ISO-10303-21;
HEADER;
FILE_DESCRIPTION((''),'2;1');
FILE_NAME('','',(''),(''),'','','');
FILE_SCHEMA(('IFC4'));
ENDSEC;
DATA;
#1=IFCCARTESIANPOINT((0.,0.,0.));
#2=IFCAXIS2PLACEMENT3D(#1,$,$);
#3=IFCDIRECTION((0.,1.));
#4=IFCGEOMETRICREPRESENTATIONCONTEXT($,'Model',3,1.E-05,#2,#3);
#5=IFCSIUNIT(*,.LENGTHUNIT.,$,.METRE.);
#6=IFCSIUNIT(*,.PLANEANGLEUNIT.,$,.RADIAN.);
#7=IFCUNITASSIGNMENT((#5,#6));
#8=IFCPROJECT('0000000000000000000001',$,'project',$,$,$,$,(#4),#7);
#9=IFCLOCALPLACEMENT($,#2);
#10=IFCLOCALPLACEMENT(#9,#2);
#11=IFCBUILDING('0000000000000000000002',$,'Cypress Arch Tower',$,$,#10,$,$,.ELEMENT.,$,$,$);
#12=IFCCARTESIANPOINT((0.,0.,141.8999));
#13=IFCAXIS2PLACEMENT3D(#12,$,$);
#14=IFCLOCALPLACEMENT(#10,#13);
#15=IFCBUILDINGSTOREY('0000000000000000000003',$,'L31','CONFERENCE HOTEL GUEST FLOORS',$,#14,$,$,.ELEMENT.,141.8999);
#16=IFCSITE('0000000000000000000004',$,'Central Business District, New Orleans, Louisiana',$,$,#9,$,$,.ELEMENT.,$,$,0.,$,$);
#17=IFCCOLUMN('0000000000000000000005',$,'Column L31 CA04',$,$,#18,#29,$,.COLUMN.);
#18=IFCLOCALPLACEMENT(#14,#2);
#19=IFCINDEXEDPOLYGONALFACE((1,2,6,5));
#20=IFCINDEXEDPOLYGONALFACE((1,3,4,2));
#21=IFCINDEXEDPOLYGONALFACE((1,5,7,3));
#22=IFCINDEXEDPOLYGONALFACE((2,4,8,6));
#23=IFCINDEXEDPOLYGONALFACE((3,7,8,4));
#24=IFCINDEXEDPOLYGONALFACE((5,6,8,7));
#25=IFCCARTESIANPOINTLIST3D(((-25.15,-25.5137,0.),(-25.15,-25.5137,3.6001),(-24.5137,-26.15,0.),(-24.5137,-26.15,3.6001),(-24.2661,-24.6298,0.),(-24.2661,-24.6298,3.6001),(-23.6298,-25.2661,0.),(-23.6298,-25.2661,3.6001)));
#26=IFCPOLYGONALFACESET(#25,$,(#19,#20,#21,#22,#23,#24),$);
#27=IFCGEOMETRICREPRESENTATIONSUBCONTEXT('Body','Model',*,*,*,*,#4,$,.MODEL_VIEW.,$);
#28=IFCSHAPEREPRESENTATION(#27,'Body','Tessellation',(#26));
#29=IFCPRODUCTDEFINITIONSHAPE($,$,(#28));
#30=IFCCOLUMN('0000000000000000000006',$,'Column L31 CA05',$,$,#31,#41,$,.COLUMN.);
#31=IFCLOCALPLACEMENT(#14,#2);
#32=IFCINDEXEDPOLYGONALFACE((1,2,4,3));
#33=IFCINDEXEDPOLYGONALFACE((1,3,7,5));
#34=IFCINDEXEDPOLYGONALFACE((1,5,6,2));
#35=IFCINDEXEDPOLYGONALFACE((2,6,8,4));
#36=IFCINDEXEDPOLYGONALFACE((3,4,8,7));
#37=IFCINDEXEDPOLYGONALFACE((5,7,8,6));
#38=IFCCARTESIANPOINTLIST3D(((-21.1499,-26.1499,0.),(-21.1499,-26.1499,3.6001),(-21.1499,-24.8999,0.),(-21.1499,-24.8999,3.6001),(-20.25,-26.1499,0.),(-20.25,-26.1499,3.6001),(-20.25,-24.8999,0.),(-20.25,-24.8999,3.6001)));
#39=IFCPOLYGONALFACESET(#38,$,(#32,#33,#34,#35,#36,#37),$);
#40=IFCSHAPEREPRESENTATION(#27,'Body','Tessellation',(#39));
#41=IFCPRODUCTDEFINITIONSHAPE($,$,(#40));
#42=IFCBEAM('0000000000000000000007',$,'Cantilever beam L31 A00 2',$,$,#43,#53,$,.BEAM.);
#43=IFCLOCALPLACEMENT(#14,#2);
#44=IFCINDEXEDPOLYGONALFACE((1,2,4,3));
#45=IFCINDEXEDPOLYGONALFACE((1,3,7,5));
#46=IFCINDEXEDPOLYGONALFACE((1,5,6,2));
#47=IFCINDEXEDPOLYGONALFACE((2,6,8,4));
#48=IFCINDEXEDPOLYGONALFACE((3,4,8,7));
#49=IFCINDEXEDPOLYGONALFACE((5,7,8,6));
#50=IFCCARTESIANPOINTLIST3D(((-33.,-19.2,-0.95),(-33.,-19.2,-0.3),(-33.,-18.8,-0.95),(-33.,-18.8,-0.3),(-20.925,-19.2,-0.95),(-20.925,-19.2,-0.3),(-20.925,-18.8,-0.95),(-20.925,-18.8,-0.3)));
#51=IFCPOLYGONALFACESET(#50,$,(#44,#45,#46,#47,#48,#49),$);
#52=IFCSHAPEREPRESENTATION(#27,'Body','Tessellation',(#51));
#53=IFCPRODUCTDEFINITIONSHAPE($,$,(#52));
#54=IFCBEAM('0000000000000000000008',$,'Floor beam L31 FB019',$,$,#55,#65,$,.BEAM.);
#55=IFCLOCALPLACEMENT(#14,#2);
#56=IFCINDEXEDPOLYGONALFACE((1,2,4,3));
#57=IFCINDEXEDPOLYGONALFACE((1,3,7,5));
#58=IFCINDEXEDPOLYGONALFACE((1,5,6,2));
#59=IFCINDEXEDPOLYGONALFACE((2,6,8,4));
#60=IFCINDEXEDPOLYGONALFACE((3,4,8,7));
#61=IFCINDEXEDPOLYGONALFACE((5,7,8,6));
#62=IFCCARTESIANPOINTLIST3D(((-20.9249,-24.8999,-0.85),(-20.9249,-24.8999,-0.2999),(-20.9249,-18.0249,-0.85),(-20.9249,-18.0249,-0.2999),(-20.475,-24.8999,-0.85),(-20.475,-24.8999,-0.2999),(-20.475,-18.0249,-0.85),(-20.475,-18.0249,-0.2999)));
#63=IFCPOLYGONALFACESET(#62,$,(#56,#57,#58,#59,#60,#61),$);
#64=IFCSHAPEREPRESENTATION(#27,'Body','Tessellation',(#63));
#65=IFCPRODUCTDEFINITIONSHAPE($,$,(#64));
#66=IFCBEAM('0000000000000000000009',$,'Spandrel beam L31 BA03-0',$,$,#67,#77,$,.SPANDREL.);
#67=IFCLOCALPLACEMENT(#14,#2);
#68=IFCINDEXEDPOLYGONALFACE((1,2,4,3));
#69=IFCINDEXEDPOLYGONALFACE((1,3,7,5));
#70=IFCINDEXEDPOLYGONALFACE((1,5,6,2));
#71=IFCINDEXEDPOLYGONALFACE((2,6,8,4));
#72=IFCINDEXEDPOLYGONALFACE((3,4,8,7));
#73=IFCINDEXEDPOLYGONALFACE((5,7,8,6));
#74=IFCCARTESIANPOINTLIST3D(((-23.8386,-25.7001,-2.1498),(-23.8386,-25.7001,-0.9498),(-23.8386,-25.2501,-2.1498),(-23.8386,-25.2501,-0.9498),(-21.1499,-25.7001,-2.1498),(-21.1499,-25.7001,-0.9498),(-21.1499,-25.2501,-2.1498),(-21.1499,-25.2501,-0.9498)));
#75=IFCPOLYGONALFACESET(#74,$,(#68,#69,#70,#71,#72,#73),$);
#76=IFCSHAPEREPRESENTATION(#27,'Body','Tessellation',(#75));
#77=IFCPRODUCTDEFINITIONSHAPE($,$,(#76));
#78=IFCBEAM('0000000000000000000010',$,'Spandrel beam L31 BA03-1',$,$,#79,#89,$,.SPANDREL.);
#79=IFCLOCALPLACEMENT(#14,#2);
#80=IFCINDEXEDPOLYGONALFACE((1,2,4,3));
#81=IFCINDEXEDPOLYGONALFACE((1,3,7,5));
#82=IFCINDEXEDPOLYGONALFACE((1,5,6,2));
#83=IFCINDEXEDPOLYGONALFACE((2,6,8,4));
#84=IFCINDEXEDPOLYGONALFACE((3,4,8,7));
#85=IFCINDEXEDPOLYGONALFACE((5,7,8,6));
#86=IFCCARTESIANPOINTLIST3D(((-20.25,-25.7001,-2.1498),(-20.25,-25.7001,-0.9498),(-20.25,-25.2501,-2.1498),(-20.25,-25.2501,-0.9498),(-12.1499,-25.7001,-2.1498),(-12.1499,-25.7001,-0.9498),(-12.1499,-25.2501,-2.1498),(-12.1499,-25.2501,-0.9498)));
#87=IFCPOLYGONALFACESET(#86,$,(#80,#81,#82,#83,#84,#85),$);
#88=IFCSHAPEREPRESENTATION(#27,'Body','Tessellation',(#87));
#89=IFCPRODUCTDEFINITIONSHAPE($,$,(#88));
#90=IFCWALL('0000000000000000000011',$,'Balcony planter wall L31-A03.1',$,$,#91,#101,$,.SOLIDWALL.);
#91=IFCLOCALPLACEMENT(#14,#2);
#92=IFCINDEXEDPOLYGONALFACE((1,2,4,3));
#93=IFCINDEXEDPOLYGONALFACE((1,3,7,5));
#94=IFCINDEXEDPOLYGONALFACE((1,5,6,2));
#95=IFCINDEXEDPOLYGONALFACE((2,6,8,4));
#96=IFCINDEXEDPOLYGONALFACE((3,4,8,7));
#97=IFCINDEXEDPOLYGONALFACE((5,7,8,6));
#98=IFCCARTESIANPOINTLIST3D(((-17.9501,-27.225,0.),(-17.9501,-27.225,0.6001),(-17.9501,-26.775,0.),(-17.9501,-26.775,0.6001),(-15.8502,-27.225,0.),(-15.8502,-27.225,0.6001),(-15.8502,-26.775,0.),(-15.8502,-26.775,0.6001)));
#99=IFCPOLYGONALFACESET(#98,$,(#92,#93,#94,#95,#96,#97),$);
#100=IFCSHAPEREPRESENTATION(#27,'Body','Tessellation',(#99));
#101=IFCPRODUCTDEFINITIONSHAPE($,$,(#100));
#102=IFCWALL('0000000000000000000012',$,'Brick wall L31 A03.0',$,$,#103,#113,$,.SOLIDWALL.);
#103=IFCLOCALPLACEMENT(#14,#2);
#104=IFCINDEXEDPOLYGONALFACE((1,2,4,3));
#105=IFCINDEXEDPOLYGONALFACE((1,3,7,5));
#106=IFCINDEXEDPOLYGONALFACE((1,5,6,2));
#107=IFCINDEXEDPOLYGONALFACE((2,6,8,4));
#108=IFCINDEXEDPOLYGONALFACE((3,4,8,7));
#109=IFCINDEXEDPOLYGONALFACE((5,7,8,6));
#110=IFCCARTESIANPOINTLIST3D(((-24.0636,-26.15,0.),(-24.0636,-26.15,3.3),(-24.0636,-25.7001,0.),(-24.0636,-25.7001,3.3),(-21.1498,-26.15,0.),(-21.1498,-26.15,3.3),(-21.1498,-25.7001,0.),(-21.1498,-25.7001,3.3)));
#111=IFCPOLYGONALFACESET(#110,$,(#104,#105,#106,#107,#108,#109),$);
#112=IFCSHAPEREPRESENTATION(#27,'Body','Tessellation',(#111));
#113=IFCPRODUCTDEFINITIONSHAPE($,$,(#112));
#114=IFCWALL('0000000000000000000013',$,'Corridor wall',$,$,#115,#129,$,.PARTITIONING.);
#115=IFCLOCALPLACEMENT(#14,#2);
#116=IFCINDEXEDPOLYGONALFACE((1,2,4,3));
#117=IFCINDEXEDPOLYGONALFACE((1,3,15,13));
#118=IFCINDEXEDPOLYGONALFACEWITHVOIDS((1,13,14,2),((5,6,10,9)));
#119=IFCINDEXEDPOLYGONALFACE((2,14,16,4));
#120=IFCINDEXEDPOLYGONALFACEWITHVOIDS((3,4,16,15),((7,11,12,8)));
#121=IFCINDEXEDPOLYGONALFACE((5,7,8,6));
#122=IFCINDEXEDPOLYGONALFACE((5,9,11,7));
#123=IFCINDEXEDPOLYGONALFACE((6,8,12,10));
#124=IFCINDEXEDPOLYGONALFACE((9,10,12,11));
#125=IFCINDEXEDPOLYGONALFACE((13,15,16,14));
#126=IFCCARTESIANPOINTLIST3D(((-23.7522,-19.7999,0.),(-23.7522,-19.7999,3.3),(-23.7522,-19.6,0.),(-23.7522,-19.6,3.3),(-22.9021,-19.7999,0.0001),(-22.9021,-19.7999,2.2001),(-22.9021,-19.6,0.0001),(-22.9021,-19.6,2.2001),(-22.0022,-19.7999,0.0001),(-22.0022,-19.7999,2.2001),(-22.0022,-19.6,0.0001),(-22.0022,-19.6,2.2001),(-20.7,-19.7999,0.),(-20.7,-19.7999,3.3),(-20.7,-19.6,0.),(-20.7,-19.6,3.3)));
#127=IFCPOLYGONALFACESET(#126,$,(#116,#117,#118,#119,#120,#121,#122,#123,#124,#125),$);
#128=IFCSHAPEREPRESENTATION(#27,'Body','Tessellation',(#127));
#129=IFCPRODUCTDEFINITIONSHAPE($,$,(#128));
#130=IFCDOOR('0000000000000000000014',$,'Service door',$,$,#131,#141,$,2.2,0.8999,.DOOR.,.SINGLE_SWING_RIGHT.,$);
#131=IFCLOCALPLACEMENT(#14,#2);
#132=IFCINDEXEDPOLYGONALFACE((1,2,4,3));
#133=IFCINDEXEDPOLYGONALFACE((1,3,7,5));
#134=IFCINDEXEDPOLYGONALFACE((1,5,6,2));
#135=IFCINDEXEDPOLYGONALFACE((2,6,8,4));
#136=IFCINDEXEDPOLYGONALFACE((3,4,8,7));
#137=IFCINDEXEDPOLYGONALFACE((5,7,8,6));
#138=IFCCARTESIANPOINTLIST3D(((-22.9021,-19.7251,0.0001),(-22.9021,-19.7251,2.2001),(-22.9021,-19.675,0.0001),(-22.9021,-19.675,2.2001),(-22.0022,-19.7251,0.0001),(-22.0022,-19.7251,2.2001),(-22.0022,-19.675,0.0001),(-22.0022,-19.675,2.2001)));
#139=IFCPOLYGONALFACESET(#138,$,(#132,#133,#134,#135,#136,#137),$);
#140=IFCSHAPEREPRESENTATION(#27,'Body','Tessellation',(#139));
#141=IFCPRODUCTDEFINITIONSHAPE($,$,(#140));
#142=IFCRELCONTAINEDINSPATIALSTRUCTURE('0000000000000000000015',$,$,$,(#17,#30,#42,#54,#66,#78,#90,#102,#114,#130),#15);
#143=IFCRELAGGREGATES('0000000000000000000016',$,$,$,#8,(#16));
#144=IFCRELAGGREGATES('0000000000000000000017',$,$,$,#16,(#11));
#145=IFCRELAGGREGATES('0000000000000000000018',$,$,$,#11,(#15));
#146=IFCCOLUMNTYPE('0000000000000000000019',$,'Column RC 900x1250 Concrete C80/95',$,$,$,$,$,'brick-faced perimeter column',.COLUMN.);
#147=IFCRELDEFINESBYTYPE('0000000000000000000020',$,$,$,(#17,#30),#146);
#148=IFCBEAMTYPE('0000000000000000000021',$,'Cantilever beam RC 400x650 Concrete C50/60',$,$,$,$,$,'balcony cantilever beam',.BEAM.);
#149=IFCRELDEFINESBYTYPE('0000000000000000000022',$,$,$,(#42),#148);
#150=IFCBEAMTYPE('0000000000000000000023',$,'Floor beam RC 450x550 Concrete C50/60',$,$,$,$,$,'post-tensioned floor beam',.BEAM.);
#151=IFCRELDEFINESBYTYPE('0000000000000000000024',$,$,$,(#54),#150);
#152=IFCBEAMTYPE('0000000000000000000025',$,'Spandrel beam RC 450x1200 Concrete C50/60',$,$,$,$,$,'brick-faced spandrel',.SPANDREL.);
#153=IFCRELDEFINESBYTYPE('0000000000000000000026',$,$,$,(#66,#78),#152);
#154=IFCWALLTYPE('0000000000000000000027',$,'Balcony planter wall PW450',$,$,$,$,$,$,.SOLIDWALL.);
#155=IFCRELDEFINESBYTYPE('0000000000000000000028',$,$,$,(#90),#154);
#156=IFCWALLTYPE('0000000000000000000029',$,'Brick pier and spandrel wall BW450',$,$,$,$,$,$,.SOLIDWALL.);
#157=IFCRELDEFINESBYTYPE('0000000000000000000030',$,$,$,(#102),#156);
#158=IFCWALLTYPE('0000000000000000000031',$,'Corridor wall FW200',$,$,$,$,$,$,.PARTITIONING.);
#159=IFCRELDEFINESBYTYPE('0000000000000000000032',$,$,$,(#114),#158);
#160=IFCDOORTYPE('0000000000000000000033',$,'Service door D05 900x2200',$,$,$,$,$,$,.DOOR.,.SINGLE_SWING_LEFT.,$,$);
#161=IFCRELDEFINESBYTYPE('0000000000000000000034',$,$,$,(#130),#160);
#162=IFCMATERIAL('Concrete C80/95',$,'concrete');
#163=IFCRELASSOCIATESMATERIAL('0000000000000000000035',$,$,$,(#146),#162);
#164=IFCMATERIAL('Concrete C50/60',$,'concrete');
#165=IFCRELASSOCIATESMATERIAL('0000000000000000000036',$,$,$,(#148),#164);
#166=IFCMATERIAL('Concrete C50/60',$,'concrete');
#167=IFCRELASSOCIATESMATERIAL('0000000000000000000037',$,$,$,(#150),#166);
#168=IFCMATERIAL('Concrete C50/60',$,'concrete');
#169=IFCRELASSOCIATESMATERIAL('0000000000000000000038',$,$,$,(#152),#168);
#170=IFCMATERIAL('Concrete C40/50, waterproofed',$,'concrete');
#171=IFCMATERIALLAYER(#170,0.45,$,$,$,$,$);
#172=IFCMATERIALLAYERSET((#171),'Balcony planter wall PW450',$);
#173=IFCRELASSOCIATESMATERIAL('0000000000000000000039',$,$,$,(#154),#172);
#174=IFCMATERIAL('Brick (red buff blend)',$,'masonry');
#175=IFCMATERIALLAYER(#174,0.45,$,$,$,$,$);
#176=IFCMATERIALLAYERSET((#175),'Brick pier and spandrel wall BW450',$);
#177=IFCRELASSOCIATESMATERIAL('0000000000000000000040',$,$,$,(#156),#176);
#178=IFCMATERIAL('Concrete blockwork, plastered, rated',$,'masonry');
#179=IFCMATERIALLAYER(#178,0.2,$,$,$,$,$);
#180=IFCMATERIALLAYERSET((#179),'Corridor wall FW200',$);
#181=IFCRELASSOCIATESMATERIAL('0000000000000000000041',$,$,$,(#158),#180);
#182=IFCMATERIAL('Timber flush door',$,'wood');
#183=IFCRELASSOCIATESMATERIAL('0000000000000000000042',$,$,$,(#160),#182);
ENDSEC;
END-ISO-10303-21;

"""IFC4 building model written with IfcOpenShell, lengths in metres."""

from ifc_helpers import new_model, si_unit, direction, frame, frame_2d, origin, origin_2d, place, context, subcontext, project, spatial, rectangle, extrude, material, layer, layer_set, material_profile, profile_set, type_object, element, fill, save


model = new_model("IFC4")

# Units and contexts
model_context = context("Model", 3, precision=1e-05, world=origin(), true_north=direction((0.0, 1.0)))
body_context = subcontext(model_context, "Body", "Model", "MODEL_VIEW")
ifc_project = project(units=[si_unit("LENGTHUNIT", "METRE"), si_unit("PLANEANGLEUNIT", "RADIAN")], contexts=[model_context])

# Site, building, storey
site_placement = place(None, origin())
site = spatial("IfcSite", under=ifc_project, at=site_placement, Name="Central Business District, New Orleans, Louisiana", CompositionType="ELEMENT", RefElevation=0.0)
building_placement = place(site_placement, origin())
building = spatial("IfcBuilding", under=site, at=building_placement, Name="Cypress Arch Tower", CompositionType="ELEMENT")
storey_placement = place(building_placement, frame((0.0, 0.0, 141.8999)))
storey = spatial("IfcBuildingStorey", under=building, at=storey_placement, Name="L31", Description="CONFERENCE HOTEL GUEST FLOORS", CompositionType="ELEMENT", Elevation=141.8999)

# Columns
ifc_material_1 = material(Name="Concrete C80/95", Category="concrete")
ifc_material_profile_1 = material_profile(ifc_material_1, rectangle(XDim=0.8999, YDim=1.25, at=origin_2d()), Name="RC 900x1250")
ifc_profile_set_1 = profile_set([ifc_material_profile_1], Name="Concrete C80/95")
column_type = type_object("IfcColumnType", Name="Column RC 900x1250 Concrete C80/95", ElementType="brick-faced perimeter column", PredefinedType="COLUMN", material=ifc_profile_set_1)
for number, where, z_axis, x_axis, name in (
    (1, (-24.3899, -25.3899, 0.0), (0.0, 0.0, 1.0), (0.707107, -0.707107, 0.0), "Column L31 CA04"),
    (2, (-20.7, -25.5249, 0.0), (0.0, 0.0, 1.0), (1.0, 0.0, 0.0), "Column L31 CA05"),
):
    element("IfcColumn", number, at=place(storey_placement, frame(where, z_axis=z_axis, x_axis=x_axis)), inside=storey, type_object=column_type, Name=name, PredefinedType="COLUMN", context=body_context, shape_type="SweptSolid", body=[
        extrude(rectangle(XDim=0.8999, YDim=1.25, at=origin_2d()), origin(), (0.0, 0.0, 1.0), 3.6001),
    ])

# Beams
ifc_material_2 = material(Name="Concrete C50/60", Category="concrete")
ifc_material_profile_2 = material_profile(ifc_material_2, rectangle(XDim=0.3999, YDim=0.6499, at=origin_2d()), Name="RC 400x650")
ifc_profile_set_2 = profile_set([ifc_material_profile_2], Name="Concrete C50/60")
beam_type_1 = type_object("IfcBeamType", Name="Cantilever beam RC 400x650 Concrete C50/60", ElementType="balcony cantilever beam", PredefinedType="BEAM", material=ifc_profile_set_2)
beam_1_placement = place(storey_placement, frame((-20.925, -19.0, -0.625), z_axis=(-1.0, 0.0, 0.0), x_axis=(0.0, -1.0, 0.0)))
element("IfcBeam", 3, at=beam_1_placement, inside=storey, type_object=beam_type_1, Name="Cantilever beam L31 A00 2", PredefinedType="BEAM", context=body_context, shape_type="SweptSolid", body=[
    extrude(rectangle(XDim=0.3999, YDim=0.6499, at=origin_2d()), origin(), (0.0, 0.0, 1.0), 12.075),
])
ifc_material_3 = material(Name="Concrete C50/60", Category="concrete")
ifc_material_profile_3 = material_profile(ifc_material_3, rectangle(XDim=0.45, YDim=0.55, at=origin_2d()), Name="RC 450x550")
ifc_profile_set_3 = profile_set([ifc_material_profile_3], Name="Concrete C50/60")
beam_type_2 = type_object("IfcBeamType", Name="Floor beam RC 450x550 Concrete C50/60", ElementType="post-tensioned floor beam", PredefinedType="BEAM", material=ifc_profile_set_3)
beam_2_placement = place(storey_placement, frame((-20.7, -24.8999, -0.575), z_axis=(0.0, 1.0, 0.0), x_axis=(-1.0, 0.0, 0.0)))
element("IfcBeam", 4, at=beam_2_placement, inside=storey, type_object=beam_type_2, Name="Floor beam L31 FB019", PredefinedType="BEAM", context=body_context, shape_type="SweptSolid", body=[
    extrude(rectangle(XDim=0.45, YDim=0.55, at=origin_2d()), origin(), (0.0, 0.0, 1.0), 6.875),
])
ifc_material_4 = material(Name="Concrete C50/60", Category="concrete")
ifc_material_profile_4 = material_profile(ifc_material_4, rectangle(XDim=0.45, YDim=1.2, at=origin_2d()), Name="RC 450x1200")
ifc_profile_set_4 = profile_set([ifc_material_profile_4], Name="Concrete C50/60")
beam_type_3 = type_object("IfcBeamType", Name="Spandrel beam RC 450x1200 Concrete C50/60", ElementType="brick-faced spandrel", PredefinedType="SPANDREL", material=ifc_profile_set_4)
beam_3_placement = place(storey_placement, frame((-23.8386, -25.4751, -1.5498), z_axis=(1.0, 0.0, 0.0), x_axis=(0.0, 1.0, 0.0)))
element("IfcBeam", 5, at=beam_3_placement, inside=storey, type_object=beam_type_3, Name="Spandrel beam L31 BA03-0", PredefinedType="SPANDREL", context=body_context, shape_type="SweptSolid", body=[
    extrude(rectangle(XDim=0.45, YDim=1.2, at=origin_2d()), origin(), (0.0, 0.0, 1.0), 2.6887),
])
beam_4_placement = place(storey_placement, frame((-20.25, -25.4751, -1.5498), z_axis=(1.0, 0.0, 0.0), x_axis=(0.0, 1.0, 0.0)))
element("IfcBeam", 6, at=beam_4_placement, inside=storey, type_object=beam_type_3, Name="Spandrel beam L31 BA03-1", PredefinedType="SPANDREL", context=body_context, shape_type="SweptSolid", body=[
    extrude(rectangle(XDim=0.45, YDim=1.2, at=origin_2d()), origin(), (0.0, 0.0, 1.0), 8.1001),
])

# Walls
ifc_material_5 = material(Name="Concrete C40/50, waterproofed", Category="concrete")
ifc_layer_1 = layer(ifc_material_5, 0.45)
ifc_layer_set_1 = layer_set([ifc_layer_1], Name="Balcony planter wall PW450")
wall_type_1 = type_object("IfcWallType", Name="Balcony planter wall PW450", PredefinedType="SOLIDWALL", material=ifc_layer_set_1)
wall_1_placement = place(storey_placement, frame((-17.95, -27.0, 0.0), z_axis=(0.0, 0.0, 1.0), x_axis=(1.0, 0.0, 0.0)))
element("IfcWall", 7, at=wall_1_placement, inside=storey, type_object=wall_type_1, Name="Balcony planter wall L31-A03.1", PredefinedType="SOLIDWALL", context=body_context, shape_type="SweptSolid", body=[
    extrude(rectangle(XDim=2.0999, YDim=0.45, at=frame_2d((1.0498, 0.0))), origin(), (0.0, 0.0, 1.0), 0.6001),
])
ifc_material_6 = material(Name="Brick (red buff blend)", Category="masonry")
ifc_layer_2 = layer(ifc_material_6, 0.45)
ifc_layer_set_2 = layer_set([ifc_layer_2], Name="Brick pier and spandrel wall BW450")
wall_type_2 = type_object("IfcWallType", Name="Brick pier and spandrel wall BW450", PredefinedType="SOLIDWALL", material=ifc_layer_set_2)
wall_2_placement = place(storey_placement, frame((-24.0637, -25.925, 0.0), z_axis=(0.0, 0.0, 1.0), x_axis=(1.0, 0.0, 0.0)))
element("IfcWall", 8, at=wall_2_placement, inside=storey, type_object=wall_type_2, Name="Brick wall L31 A03.0", PredefinedType="SOLIDWALL", context=body_context, shape_type="SweptSolid", body=[
    extrude(rectangle(XDim=2.9138, YDim=0.45, at=frame_2d((1.457, 0.0))), origin(), (0.0, 0.0, 1.0), 3.3),
])

# Wall, opening, door
ifc_material_7 = material(Name="Concrete blockwork, plastered, rated", Category="masonry")
ifc_layer_3 = layer(ifc_material_7, 0.2)
ifc_layer_set_3 = layer_set([ifc_layer_3], Name="Corridor wall FW200")
wall_type_3 = type_object("IfcWallType", Name="Corridor wall FW200", PredefinedType="PARTITIONING", material=ifc_layer_set_3)
wall_3_placement = place(storey_placement, frame((-23.7522, -19.7, 0.0), z_axis=(0.0, 0.0, 1.0), x_axis=(1.0, 0.0, 0.0)))
wall_3 = element("IfcWall", 9, at=wall_3_placement, inside=storey, type_object=wall_type_3, Name="Corridor wall", PredefinedType="PARTITIONING", context=body_context, shape_type="SweptSolid", body=[
    extrude(rectangle(XDim=3.0522, YDim=0.2, at=frame_2d((1.5261, 0.0))), origin(), (0.0, 0.0, 1.0), 3.3),
])
opening_1_placement = place(wall_3_placement, frame((0.8501, 0.0, 0.0)))
opening_1 = element("IfcOpeningElement", 10, at=opening_1_placement, cuts=wall_3, PredefinedType="OPENING", context=body_context, shape_type="SweptSolid", body=[
    extrude(rectangle(XDim=0.8999, YDim=2.2, at=frame_2d((0.45, 1.1001))), frame((0.0, 0.1099, 0.0), z_axis=(0.0, -1.0, 0.0), x_axis=(1.0, 0.0, 0.0)), (0.0, 0.0, 1.0), 0.22),
])
ifc_material_8 = material(Name="Timber flush door", Category="wood")
door_type_1 = type_object("IfcDoorType", Name="Service door D05 900x2200", OperationType="SINGLE_SWING_LEFT", PredefinedType="DOOR", material=ifc_material_8)
door_1_placement = place(opening_1_placement, origin())
door_1 = element("IfcDoor", 11, at=door_1_placement, inside=storey, type_object=door_type_1, Name="Service door", OperationType="SINGLE_SWING_RIGHT", OverallHeight=2.2, OverallWidth=0.8999, PredefinedType="DOOR", context=body_context, shape_type="SweptSolid", body=[
    extrude(rectangle(XDim=0.8999, YDim=2.2, at=frame_2d((0.45, 1.1001))), frame((0.0, 0.0249, 0.0), z_axis=(0.0, -1.0, 0.0), x_axis=(1.0, 0.0, 0.0)), (0.0, 0.0, 1.0), 0.05),
])
fill(opening_1, door_1)

save(model, "model.ifc")
